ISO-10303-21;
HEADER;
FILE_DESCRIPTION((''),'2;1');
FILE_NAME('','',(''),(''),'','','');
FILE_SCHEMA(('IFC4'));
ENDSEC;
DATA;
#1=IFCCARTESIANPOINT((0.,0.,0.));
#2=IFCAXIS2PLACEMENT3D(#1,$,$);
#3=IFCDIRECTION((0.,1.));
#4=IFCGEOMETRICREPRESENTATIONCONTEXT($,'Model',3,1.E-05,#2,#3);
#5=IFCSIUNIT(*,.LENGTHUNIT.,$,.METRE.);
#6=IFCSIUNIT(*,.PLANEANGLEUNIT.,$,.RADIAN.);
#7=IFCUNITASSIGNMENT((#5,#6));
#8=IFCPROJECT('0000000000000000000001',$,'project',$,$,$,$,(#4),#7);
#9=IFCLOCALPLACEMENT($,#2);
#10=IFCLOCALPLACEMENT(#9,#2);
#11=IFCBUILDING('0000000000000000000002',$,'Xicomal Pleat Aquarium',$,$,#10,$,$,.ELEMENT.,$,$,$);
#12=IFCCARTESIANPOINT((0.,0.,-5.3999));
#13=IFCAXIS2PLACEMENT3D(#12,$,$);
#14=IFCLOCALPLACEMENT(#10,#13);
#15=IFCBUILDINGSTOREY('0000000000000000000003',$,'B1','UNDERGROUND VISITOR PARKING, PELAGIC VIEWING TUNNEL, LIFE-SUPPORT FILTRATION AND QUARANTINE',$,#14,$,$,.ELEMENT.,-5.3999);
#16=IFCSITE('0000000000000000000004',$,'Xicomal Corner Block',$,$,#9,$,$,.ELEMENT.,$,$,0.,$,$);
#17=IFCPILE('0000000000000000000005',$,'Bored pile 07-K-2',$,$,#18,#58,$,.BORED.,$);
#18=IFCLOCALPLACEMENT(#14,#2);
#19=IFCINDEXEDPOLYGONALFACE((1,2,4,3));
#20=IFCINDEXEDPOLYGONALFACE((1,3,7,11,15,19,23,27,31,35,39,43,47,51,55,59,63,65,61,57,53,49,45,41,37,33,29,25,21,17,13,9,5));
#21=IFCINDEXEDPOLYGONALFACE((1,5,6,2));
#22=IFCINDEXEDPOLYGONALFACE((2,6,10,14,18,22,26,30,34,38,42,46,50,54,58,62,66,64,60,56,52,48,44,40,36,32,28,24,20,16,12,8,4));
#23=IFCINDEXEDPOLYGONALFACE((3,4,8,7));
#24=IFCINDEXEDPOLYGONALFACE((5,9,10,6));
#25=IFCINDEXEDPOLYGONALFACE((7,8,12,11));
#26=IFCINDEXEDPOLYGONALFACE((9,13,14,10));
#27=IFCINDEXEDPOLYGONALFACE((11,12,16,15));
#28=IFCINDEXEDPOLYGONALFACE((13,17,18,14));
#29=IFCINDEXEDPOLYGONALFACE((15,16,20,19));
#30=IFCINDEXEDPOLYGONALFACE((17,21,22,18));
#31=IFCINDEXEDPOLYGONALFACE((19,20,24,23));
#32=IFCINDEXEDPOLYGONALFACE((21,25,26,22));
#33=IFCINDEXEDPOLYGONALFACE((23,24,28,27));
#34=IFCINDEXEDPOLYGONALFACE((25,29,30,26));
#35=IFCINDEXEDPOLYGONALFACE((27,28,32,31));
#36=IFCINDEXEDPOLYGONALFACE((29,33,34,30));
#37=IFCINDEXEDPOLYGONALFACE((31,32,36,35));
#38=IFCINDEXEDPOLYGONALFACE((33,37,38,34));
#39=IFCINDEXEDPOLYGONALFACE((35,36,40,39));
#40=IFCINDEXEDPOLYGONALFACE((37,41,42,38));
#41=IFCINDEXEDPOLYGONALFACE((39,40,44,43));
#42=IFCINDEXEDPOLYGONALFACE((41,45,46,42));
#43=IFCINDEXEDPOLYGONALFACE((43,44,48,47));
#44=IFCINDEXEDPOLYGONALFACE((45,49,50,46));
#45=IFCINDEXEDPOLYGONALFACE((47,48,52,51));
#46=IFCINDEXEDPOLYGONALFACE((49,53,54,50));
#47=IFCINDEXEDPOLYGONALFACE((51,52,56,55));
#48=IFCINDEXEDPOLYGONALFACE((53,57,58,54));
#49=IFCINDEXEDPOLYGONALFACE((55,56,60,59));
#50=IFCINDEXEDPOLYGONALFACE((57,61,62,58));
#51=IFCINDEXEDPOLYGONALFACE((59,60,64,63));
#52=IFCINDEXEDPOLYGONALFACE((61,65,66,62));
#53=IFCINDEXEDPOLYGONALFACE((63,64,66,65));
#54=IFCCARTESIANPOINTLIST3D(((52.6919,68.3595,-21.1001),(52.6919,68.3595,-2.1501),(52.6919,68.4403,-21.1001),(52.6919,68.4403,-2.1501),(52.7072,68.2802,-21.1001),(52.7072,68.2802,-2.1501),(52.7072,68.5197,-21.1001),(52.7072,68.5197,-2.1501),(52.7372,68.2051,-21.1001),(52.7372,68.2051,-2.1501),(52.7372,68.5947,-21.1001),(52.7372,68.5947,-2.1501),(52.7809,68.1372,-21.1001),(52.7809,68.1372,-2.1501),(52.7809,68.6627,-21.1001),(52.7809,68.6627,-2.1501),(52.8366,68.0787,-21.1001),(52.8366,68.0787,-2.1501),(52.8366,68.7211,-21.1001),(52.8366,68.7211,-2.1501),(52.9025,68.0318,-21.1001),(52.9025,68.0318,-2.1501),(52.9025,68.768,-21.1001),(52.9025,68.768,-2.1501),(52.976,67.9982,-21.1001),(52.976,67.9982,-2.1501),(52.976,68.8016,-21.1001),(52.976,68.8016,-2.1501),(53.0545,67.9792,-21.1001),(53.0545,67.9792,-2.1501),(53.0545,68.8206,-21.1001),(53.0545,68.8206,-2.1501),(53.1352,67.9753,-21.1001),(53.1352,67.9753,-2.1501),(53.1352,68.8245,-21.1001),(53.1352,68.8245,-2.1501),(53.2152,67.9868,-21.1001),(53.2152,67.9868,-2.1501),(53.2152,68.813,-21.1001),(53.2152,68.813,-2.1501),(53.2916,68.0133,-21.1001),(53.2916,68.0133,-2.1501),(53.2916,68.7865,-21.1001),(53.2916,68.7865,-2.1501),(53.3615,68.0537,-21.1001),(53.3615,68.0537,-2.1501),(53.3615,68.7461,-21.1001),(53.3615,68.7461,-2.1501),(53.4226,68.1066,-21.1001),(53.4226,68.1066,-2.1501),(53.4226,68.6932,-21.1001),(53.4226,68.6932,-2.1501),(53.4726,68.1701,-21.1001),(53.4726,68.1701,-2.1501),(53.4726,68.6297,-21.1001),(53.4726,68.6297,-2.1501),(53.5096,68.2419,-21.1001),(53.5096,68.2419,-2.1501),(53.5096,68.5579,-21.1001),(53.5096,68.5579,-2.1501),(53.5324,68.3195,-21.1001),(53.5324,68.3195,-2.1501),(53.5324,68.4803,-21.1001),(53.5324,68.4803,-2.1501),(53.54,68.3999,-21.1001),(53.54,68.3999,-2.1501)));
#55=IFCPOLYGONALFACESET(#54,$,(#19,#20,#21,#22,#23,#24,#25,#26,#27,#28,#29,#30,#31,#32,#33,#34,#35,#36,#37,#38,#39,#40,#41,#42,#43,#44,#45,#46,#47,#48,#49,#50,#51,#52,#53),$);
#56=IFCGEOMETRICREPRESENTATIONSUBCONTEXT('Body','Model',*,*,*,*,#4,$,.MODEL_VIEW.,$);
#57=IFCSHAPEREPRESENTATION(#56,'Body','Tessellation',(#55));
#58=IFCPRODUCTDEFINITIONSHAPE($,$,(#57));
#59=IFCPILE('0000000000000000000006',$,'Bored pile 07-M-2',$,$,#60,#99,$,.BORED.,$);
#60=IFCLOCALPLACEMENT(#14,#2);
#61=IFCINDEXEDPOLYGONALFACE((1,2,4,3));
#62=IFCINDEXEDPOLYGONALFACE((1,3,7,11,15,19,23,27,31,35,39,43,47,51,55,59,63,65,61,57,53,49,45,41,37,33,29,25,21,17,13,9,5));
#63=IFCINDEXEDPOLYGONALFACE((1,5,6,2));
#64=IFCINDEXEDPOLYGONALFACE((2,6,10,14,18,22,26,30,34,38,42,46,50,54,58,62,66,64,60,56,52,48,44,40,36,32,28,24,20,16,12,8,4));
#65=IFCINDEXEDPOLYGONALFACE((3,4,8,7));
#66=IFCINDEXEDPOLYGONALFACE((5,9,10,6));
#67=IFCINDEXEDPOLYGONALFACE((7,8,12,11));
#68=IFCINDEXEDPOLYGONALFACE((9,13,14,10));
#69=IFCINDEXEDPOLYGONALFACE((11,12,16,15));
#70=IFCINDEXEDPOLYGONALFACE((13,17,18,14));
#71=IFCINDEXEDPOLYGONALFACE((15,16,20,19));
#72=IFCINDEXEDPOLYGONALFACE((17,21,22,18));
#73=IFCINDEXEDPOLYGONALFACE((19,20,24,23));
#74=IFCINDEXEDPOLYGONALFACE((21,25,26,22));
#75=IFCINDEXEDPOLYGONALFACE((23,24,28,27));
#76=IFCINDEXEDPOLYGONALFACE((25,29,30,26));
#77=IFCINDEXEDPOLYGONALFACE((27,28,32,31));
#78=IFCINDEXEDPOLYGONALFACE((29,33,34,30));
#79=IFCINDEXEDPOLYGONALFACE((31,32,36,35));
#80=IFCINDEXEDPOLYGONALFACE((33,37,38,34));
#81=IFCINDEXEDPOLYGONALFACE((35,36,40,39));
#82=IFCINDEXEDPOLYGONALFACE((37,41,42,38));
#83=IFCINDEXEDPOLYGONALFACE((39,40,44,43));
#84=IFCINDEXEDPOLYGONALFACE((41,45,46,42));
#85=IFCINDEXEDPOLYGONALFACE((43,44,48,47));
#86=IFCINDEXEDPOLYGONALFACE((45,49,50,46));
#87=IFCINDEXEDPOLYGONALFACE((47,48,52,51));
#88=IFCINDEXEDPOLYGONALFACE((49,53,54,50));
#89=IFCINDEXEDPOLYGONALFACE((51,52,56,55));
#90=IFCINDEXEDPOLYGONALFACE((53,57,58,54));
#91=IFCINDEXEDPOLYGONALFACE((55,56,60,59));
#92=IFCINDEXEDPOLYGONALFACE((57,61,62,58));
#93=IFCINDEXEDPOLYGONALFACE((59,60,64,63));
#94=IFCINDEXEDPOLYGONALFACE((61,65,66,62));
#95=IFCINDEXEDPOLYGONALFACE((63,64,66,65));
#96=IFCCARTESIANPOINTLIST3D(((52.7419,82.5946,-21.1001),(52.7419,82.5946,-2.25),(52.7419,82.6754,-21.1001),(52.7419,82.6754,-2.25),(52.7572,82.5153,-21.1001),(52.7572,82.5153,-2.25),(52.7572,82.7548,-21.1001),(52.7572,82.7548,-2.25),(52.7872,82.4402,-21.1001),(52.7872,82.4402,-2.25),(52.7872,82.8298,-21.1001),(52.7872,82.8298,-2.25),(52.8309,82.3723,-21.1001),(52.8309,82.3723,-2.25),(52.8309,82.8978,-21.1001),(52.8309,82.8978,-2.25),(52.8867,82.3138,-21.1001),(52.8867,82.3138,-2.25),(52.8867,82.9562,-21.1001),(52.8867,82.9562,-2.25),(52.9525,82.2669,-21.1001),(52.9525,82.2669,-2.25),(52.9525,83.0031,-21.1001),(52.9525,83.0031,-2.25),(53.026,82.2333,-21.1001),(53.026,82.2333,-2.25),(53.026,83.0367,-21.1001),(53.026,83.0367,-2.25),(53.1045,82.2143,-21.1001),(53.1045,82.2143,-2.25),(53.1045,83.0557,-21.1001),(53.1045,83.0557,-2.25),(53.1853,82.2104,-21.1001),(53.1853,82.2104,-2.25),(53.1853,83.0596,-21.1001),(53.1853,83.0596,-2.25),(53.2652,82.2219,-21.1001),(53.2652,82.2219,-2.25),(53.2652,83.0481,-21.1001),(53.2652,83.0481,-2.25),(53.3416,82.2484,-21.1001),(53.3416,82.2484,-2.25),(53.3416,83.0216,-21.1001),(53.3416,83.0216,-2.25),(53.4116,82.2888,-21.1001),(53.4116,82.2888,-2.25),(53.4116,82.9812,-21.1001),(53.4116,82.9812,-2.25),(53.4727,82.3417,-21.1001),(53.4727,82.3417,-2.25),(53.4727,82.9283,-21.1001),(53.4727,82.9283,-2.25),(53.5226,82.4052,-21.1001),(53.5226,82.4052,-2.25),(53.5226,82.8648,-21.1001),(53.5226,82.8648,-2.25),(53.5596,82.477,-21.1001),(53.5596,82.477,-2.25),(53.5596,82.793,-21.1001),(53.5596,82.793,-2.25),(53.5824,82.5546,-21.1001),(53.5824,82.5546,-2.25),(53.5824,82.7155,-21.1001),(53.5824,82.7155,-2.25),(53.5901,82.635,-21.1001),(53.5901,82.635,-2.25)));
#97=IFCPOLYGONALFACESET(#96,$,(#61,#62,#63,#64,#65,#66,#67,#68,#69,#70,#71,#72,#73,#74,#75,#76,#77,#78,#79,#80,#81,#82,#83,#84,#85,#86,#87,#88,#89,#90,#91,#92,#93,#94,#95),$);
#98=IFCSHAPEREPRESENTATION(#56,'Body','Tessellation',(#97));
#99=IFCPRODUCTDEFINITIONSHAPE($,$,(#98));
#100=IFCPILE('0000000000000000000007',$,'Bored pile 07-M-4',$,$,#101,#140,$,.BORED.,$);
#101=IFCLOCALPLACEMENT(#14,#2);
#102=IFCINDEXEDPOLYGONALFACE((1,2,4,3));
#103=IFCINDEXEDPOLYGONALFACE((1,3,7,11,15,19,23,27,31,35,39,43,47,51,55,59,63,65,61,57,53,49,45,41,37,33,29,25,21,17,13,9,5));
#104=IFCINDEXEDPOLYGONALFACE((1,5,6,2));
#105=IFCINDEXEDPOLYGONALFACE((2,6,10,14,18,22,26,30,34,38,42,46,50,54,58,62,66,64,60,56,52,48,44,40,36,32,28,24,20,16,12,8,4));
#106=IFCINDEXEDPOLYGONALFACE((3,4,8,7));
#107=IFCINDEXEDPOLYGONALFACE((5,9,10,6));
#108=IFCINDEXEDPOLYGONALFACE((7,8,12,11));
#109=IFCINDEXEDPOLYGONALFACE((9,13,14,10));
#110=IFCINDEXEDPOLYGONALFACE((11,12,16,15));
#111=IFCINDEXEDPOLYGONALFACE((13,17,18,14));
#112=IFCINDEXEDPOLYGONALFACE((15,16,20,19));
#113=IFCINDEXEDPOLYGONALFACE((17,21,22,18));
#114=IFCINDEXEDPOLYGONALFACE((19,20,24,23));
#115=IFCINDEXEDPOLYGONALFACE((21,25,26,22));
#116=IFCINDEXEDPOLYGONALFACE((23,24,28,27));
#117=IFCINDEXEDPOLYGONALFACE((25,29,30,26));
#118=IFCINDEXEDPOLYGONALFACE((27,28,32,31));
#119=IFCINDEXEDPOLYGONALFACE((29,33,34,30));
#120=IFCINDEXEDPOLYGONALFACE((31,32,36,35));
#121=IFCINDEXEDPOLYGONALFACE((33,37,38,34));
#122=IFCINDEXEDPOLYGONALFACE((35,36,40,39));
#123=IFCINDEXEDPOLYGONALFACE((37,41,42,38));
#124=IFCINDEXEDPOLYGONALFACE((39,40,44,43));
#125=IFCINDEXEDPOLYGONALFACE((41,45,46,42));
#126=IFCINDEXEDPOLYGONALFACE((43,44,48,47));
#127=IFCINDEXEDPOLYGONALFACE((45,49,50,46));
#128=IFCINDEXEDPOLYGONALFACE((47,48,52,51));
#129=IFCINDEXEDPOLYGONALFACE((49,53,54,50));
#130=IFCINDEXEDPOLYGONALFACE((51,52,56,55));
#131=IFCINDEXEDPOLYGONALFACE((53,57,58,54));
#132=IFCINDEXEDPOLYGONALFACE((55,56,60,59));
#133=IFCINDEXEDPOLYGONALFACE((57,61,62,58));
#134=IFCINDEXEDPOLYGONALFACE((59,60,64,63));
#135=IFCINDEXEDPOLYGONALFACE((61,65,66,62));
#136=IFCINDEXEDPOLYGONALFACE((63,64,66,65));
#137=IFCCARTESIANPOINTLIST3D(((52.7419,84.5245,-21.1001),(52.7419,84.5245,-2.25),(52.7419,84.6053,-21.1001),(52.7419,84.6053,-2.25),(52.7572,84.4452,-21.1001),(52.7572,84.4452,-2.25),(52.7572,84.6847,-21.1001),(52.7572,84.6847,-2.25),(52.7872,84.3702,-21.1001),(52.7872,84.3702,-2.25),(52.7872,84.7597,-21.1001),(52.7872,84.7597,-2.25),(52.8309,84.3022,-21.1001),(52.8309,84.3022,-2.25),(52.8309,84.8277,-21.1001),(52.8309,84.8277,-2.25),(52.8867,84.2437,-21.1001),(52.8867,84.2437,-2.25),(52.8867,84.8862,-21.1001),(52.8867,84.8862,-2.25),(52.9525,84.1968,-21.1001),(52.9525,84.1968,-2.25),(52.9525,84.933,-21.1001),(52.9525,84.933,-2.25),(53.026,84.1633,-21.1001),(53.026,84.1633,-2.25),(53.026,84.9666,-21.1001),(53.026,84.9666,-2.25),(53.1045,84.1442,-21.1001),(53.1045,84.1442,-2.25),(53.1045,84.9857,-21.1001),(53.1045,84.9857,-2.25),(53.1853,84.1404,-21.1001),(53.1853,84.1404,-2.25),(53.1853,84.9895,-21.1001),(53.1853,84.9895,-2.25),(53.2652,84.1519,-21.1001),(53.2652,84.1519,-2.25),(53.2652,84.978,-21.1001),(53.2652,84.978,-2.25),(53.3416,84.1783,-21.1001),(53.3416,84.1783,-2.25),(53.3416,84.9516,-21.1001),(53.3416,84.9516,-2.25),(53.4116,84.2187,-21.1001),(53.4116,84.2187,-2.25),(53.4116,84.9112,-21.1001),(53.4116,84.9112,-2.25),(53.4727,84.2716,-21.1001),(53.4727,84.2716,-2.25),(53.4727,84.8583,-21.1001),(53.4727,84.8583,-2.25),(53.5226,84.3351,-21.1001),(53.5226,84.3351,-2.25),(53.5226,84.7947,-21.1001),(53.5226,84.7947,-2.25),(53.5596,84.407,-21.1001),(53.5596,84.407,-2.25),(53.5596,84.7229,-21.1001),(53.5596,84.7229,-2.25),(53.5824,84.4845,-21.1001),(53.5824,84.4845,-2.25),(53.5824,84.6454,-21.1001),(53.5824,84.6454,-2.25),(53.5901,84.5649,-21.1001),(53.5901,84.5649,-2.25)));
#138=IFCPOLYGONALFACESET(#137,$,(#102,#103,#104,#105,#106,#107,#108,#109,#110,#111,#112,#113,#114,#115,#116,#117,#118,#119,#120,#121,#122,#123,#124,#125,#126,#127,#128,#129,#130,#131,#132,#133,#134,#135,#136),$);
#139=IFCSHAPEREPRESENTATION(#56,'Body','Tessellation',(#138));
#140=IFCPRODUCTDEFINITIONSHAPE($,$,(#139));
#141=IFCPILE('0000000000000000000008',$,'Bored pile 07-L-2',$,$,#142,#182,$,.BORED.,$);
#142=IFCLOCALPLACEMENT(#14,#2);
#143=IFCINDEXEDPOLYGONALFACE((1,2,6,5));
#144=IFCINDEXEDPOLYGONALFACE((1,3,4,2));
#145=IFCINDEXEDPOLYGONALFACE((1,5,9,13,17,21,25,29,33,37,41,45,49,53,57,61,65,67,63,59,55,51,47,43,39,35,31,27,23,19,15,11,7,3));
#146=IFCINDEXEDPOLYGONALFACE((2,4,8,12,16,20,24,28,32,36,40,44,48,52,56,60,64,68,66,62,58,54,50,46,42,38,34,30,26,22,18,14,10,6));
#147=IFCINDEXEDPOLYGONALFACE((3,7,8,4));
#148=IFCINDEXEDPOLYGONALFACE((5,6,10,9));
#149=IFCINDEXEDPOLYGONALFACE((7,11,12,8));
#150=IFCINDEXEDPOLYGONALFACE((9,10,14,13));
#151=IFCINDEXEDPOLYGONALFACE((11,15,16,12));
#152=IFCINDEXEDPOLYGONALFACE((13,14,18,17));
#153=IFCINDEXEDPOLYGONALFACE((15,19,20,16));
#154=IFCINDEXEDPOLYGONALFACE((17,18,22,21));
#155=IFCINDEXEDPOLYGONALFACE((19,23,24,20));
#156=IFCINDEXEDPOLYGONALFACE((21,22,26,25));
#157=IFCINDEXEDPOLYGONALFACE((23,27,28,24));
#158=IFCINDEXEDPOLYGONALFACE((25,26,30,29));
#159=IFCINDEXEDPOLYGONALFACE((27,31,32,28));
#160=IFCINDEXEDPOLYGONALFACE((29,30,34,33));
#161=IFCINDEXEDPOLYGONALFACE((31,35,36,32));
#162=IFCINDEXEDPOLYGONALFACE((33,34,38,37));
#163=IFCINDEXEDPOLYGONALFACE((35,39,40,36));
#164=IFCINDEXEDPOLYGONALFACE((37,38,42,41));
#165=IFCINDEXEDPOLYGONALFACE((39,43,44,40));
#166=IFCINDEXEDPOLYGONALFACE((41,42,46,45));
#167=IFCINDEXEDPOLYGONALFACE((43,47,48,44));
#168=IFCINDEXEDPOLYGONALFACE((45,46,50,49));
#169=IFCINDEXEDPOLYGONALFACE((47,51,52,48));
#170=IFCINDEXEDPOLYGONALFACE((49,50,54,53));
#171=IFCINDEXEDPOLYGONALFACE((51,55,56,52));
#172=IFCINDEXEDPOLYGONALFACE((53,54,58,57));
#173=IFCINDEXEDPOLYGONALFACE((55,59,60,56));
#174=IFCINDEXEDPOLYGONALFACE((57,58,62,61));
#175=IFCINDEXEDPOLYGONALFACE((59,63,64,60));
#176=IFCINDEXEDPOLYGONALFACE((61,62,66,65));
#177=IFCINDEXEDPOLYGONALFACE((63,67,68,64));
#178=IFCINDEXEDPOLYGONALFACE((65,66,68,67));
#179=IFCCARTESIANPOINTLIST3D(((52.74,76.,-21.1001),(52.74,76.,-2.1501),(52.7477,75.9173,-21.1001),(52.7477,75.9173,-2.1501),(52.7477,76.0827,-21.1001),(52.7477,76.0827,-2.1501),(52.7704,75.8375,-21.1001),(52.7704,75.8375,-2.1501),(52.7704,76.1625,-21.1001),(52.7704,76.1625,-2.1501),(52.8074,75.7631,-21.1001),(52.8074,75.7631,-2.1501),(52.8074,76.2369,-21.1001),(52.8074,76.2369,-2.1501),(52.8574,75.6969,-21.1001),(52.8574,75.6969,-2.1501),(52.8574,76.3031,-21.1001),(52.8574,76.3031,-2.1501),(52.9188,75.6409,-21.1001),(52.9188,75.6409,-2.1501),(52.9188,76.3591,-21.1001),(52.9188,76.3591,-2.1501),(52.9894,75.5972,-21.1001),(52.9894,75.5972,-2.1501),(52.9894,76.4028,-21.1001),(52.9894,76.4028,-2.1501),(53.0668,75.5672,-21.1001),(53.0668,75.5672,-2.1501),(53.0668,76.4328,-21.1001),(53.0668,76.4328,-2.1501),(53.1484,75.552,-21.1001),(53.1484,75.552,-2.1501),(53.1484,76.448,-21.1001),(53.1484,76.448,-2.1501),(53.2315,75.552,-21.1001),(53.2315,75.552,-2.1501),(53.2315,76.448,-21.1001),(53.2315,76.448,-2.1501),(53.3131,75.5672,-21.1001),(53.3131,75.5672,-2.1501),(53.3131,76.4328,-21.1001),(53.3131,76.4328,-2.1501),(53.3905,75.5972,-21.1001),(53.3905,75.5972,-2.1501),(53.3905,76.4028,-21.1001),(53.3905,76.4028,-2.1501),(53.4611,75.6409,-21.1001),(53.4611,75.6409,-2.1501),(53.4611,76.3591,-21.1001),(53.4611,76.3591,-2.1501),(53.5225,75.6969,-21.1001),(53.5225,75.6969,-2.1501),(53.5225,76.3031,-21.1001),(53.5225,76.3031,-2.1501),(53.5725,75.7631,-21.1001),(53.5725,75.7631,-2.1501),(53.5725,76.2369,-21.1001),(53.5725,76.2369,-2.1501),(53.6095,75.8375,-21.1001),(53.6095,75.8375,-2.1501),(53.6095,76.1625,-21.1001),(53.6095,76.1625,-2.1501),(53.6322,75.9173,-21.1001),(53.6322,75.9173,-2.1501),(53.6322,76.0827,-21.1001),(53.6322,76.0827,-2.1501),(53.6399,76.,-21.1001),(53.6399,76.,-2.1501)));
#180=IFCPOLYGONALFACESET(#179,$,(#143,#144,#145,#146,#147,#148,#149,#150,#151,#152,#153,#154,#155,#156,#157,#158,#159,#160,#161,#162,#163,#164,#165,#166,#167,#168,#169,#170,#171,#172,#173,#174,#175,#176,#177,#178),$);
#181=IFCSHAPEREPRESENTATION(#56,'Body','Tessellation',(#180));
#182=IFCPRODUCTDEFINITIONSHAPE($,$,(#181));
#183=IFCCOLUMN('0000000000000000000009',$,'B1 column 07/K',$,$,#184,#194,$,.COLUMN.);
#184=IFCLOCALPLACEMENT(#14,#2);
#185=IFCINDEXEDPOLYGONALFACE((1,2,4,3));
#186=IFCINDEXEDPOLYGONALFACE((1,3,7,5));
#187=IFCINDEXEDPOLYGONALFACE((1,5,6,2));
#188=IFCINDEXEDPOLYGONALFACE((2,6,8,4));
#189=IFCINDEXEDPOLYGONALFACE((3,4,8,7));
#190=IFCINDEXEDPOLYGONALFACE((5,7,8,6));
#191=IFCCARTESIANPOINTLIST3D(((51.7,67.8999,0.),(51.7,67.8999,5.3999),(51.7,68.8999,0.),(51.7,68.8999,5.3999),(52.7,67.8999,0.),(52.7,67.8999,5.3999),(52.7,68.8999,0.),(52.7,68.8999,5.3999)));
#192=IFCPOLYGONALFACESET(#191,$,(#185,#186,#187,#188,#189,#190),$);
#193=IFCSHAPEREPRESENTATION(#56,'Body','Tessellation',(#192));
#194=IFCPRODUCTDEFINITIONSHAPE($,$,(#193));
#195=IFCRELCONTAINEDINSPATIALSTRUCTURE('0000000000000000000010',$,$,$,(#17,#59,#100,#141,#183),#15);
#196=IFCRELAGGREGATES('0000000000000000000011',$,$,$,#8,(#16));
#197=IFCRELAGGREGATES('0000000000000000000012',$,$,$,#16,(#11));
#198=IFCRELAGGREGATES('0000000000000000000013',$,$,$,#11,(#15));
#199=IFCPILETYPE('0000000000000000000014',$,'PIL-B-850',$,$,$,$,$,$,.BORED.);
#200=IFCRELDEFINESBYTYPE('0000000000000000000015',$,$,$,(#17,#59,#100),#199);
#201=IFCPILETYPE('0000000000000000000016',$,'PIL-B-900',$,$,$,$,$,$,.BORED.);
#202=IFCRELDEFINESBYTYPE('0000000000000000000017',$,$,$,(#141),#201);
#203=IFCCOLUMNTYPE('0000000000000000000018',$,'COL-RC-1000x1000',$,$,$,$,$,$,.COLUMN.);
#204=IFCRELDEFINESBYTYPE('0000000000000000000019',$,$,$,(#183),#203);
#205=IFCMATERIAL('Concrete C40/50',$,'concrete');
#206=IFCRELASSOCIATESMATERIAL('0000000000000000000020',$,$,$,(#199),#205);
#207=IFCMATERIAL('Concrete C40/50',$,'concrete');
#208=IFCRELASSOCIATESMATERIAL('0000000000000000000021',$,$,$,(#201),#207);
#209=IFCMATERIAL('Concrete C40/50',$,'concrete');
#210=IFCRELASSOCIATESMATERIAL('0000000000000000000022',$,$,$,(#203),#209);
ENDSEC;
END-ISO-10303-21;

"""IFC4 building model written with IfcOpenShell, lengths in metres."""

from ifc_helpers import new_model, si_unit, direction, frame, origin, origin_2d, place, context, subcontext, project, spatial, rectangle, circle, extrude, material, material_profile, profile_set, type_object, element, save


model = new_model("IFC4")

# Units and contexts
model_context = context("Model", 3, precision=1e-05, world=origin(), true_north=direction((0.0, 1.0)))
body_context = subcontext(model_context, "Body", "Model", "MODEL_VIEW")
ifc_project = project(units=[si_unit("LENGTHUNIT", "METRE"), si_unit("PLANEANGLEUNIT", "RADIAN")], contexts=[model_context])

# Site, building, storey
site_placement = place(None, origin())
site = spatial("IfcSite", under=ifc_project, at=site_placement, Name="Xicomal Corner Block", CompositionType="ELEMENT", RefElevation=0.0)
building_placement = place(site_placement, origin())
building = spatial("IfcBuilding", under=site, at=building_placement, Name="Xicomal Pleat Aquarium", CompositionType="ELEMENT")
storey_placement = place(building_placement, frame((0.0, 0.0, -5.3999)))
storey = spatial("IfcBuildingStorey", under=building, at=storey_placement, Name="B1", Description="UNDERGROUND VISITOR PARKING, PELAGIC VIEWING TUNNEL, LIFE-SUPPORT FILTRATION AND QUARANTINE", CompositionType="ELEMENT", Elevation=-5.3999)

# Piles
ifc_material_1 = material(Name="Concrete C40/50", Category="concrete")
ifc_material_profile_1 = material_profile(ifc_material_1, circle(Radius=0.425, at=origin_2d()), Name="BORED PILE D850")
ifc_profile_set_1 = profile_set([ifc_material_profile_1], Name="Concrete C40/50")
pile_type_1 = type_object("IfcPileType", Name="PIL-B-850", PredefinedType="BORED", material=ifc_profile_set_1)
pile_1_placement = place(storey_placement, frame((53.115, 68.3999, -2.1501), z_axis=(0.0, 0.0, -1.0), x_axis=(1.0, 0.0, 0.0)))
element("IfcPile", 1, at=pile_1_placement, inside=storey, type_object=pile_type_1, Name="Bored pile 07-K-2", PredefinedType="BORED", context=body_context, shape_type="SweptSolid", body=[
    extrude(circle(Radius=0.425, at=origin_2d()), origin(), (0.0, 0.0, 1.0), 18.95),
])
for number, where, z_axis, x_axis, name in (
    (2, (53.165, 82.635, -2.25), (0.0, 0.0, -1.0), (1.0, 0.0, 0.0), "Bored pile 07-M-2"),
    (3, (53.165, 84.5649, -2.25), (0.0, 0.0, -1.0), (1.0, 0.0, 0.0), "Bored pile 07-M-4"),
):
    element("IfcPile", number, at=place(storey_placement, frame(where, z_axis=z_axis, x_axis=x_axis)), inside=storey, type_object=pile_type_1, Name=name, PredefinedType="BORED", context=body_context, shape_type="SweptSolid", body=[
        extrude(circle(Radius=0.425, at=origin_2d()), origin(), (0.0, 0.0, 1.0), 18.8501),
    ])
ifc_material_2 = material(Name="Concrete C40/50", Category="concrete")
ifc_material_profile_2 = material_profile(ifc_material_2, circle(Radius=0.45, at=origin_2d()), Name="BORED PILE D900")
ifc_profile_set_2 = profile_set([ifc_material_profile_2], Name="Concrete C40/50")
pile_type_2 = type_object("IfcPileType", Name="PIL-B-900", PredefinedType="BORED", material=ifc_profile_set_2)
pile_2_placement = place(storey_placement, frame((53.1899, 76.0, -2.1501), z_axis=(0.0, 0.0, -1.0), x_axis=(1.0, 0.0, 0.0)))
element("IfcPile", 4, at=pile_2_placement, inside=storey, type_object=pile_type_2, Name="Bored pile 07-L-2", PredefinedType="BORED", context=body_context, shape_type="SweptSolid", body=[
    extrude(circle(Radius=0.45, at=origin_2d()), origin(), (0.0, 0.0, 1.0), 18.95),
])

# Column
ifc_material_3 = material(Name="Concrete C40/50", Category="concrete")
ifc_material_profile_3 = material_profile(ifc_material_3, rectangle(XDim=1.0, YDim=1.0, at=origin_2d()), Name="RC 1000x1000")
ifc_profile_set_3 = profile_set([ifc_material_profile_3], Name="Concrete C40/50")
column_type_1 = type_object("IfcColumnType", Name="COL-RC-1000x1000", PredefinedType="COLUMN", material=ifc_profile_set_3)
for number, where, z_axis, x_axis, name in (
    (5, (52.2, 68.3999, 0.0), (0.0, 0.0, 1.0), (1.0, 0.0, 0.0), "B1 column 07/K"),
):
    element("IfcColumn", number, at=place(storey_placement, frame(where, z_axis=z_axis, x_axis=x_axis)), inside=storey, type_object=column_type_1, Name=name, PredefinedType="COLUMN", context=body_context, shape_type="SweptSolid", body=[
        extrude(rectangle(XDim=1.0, YDim=1.0, at=origin_2d()), origin(), (0.0, 0.0, 1.0), 5.3999),
    ])

save(model, "model.ifc")
